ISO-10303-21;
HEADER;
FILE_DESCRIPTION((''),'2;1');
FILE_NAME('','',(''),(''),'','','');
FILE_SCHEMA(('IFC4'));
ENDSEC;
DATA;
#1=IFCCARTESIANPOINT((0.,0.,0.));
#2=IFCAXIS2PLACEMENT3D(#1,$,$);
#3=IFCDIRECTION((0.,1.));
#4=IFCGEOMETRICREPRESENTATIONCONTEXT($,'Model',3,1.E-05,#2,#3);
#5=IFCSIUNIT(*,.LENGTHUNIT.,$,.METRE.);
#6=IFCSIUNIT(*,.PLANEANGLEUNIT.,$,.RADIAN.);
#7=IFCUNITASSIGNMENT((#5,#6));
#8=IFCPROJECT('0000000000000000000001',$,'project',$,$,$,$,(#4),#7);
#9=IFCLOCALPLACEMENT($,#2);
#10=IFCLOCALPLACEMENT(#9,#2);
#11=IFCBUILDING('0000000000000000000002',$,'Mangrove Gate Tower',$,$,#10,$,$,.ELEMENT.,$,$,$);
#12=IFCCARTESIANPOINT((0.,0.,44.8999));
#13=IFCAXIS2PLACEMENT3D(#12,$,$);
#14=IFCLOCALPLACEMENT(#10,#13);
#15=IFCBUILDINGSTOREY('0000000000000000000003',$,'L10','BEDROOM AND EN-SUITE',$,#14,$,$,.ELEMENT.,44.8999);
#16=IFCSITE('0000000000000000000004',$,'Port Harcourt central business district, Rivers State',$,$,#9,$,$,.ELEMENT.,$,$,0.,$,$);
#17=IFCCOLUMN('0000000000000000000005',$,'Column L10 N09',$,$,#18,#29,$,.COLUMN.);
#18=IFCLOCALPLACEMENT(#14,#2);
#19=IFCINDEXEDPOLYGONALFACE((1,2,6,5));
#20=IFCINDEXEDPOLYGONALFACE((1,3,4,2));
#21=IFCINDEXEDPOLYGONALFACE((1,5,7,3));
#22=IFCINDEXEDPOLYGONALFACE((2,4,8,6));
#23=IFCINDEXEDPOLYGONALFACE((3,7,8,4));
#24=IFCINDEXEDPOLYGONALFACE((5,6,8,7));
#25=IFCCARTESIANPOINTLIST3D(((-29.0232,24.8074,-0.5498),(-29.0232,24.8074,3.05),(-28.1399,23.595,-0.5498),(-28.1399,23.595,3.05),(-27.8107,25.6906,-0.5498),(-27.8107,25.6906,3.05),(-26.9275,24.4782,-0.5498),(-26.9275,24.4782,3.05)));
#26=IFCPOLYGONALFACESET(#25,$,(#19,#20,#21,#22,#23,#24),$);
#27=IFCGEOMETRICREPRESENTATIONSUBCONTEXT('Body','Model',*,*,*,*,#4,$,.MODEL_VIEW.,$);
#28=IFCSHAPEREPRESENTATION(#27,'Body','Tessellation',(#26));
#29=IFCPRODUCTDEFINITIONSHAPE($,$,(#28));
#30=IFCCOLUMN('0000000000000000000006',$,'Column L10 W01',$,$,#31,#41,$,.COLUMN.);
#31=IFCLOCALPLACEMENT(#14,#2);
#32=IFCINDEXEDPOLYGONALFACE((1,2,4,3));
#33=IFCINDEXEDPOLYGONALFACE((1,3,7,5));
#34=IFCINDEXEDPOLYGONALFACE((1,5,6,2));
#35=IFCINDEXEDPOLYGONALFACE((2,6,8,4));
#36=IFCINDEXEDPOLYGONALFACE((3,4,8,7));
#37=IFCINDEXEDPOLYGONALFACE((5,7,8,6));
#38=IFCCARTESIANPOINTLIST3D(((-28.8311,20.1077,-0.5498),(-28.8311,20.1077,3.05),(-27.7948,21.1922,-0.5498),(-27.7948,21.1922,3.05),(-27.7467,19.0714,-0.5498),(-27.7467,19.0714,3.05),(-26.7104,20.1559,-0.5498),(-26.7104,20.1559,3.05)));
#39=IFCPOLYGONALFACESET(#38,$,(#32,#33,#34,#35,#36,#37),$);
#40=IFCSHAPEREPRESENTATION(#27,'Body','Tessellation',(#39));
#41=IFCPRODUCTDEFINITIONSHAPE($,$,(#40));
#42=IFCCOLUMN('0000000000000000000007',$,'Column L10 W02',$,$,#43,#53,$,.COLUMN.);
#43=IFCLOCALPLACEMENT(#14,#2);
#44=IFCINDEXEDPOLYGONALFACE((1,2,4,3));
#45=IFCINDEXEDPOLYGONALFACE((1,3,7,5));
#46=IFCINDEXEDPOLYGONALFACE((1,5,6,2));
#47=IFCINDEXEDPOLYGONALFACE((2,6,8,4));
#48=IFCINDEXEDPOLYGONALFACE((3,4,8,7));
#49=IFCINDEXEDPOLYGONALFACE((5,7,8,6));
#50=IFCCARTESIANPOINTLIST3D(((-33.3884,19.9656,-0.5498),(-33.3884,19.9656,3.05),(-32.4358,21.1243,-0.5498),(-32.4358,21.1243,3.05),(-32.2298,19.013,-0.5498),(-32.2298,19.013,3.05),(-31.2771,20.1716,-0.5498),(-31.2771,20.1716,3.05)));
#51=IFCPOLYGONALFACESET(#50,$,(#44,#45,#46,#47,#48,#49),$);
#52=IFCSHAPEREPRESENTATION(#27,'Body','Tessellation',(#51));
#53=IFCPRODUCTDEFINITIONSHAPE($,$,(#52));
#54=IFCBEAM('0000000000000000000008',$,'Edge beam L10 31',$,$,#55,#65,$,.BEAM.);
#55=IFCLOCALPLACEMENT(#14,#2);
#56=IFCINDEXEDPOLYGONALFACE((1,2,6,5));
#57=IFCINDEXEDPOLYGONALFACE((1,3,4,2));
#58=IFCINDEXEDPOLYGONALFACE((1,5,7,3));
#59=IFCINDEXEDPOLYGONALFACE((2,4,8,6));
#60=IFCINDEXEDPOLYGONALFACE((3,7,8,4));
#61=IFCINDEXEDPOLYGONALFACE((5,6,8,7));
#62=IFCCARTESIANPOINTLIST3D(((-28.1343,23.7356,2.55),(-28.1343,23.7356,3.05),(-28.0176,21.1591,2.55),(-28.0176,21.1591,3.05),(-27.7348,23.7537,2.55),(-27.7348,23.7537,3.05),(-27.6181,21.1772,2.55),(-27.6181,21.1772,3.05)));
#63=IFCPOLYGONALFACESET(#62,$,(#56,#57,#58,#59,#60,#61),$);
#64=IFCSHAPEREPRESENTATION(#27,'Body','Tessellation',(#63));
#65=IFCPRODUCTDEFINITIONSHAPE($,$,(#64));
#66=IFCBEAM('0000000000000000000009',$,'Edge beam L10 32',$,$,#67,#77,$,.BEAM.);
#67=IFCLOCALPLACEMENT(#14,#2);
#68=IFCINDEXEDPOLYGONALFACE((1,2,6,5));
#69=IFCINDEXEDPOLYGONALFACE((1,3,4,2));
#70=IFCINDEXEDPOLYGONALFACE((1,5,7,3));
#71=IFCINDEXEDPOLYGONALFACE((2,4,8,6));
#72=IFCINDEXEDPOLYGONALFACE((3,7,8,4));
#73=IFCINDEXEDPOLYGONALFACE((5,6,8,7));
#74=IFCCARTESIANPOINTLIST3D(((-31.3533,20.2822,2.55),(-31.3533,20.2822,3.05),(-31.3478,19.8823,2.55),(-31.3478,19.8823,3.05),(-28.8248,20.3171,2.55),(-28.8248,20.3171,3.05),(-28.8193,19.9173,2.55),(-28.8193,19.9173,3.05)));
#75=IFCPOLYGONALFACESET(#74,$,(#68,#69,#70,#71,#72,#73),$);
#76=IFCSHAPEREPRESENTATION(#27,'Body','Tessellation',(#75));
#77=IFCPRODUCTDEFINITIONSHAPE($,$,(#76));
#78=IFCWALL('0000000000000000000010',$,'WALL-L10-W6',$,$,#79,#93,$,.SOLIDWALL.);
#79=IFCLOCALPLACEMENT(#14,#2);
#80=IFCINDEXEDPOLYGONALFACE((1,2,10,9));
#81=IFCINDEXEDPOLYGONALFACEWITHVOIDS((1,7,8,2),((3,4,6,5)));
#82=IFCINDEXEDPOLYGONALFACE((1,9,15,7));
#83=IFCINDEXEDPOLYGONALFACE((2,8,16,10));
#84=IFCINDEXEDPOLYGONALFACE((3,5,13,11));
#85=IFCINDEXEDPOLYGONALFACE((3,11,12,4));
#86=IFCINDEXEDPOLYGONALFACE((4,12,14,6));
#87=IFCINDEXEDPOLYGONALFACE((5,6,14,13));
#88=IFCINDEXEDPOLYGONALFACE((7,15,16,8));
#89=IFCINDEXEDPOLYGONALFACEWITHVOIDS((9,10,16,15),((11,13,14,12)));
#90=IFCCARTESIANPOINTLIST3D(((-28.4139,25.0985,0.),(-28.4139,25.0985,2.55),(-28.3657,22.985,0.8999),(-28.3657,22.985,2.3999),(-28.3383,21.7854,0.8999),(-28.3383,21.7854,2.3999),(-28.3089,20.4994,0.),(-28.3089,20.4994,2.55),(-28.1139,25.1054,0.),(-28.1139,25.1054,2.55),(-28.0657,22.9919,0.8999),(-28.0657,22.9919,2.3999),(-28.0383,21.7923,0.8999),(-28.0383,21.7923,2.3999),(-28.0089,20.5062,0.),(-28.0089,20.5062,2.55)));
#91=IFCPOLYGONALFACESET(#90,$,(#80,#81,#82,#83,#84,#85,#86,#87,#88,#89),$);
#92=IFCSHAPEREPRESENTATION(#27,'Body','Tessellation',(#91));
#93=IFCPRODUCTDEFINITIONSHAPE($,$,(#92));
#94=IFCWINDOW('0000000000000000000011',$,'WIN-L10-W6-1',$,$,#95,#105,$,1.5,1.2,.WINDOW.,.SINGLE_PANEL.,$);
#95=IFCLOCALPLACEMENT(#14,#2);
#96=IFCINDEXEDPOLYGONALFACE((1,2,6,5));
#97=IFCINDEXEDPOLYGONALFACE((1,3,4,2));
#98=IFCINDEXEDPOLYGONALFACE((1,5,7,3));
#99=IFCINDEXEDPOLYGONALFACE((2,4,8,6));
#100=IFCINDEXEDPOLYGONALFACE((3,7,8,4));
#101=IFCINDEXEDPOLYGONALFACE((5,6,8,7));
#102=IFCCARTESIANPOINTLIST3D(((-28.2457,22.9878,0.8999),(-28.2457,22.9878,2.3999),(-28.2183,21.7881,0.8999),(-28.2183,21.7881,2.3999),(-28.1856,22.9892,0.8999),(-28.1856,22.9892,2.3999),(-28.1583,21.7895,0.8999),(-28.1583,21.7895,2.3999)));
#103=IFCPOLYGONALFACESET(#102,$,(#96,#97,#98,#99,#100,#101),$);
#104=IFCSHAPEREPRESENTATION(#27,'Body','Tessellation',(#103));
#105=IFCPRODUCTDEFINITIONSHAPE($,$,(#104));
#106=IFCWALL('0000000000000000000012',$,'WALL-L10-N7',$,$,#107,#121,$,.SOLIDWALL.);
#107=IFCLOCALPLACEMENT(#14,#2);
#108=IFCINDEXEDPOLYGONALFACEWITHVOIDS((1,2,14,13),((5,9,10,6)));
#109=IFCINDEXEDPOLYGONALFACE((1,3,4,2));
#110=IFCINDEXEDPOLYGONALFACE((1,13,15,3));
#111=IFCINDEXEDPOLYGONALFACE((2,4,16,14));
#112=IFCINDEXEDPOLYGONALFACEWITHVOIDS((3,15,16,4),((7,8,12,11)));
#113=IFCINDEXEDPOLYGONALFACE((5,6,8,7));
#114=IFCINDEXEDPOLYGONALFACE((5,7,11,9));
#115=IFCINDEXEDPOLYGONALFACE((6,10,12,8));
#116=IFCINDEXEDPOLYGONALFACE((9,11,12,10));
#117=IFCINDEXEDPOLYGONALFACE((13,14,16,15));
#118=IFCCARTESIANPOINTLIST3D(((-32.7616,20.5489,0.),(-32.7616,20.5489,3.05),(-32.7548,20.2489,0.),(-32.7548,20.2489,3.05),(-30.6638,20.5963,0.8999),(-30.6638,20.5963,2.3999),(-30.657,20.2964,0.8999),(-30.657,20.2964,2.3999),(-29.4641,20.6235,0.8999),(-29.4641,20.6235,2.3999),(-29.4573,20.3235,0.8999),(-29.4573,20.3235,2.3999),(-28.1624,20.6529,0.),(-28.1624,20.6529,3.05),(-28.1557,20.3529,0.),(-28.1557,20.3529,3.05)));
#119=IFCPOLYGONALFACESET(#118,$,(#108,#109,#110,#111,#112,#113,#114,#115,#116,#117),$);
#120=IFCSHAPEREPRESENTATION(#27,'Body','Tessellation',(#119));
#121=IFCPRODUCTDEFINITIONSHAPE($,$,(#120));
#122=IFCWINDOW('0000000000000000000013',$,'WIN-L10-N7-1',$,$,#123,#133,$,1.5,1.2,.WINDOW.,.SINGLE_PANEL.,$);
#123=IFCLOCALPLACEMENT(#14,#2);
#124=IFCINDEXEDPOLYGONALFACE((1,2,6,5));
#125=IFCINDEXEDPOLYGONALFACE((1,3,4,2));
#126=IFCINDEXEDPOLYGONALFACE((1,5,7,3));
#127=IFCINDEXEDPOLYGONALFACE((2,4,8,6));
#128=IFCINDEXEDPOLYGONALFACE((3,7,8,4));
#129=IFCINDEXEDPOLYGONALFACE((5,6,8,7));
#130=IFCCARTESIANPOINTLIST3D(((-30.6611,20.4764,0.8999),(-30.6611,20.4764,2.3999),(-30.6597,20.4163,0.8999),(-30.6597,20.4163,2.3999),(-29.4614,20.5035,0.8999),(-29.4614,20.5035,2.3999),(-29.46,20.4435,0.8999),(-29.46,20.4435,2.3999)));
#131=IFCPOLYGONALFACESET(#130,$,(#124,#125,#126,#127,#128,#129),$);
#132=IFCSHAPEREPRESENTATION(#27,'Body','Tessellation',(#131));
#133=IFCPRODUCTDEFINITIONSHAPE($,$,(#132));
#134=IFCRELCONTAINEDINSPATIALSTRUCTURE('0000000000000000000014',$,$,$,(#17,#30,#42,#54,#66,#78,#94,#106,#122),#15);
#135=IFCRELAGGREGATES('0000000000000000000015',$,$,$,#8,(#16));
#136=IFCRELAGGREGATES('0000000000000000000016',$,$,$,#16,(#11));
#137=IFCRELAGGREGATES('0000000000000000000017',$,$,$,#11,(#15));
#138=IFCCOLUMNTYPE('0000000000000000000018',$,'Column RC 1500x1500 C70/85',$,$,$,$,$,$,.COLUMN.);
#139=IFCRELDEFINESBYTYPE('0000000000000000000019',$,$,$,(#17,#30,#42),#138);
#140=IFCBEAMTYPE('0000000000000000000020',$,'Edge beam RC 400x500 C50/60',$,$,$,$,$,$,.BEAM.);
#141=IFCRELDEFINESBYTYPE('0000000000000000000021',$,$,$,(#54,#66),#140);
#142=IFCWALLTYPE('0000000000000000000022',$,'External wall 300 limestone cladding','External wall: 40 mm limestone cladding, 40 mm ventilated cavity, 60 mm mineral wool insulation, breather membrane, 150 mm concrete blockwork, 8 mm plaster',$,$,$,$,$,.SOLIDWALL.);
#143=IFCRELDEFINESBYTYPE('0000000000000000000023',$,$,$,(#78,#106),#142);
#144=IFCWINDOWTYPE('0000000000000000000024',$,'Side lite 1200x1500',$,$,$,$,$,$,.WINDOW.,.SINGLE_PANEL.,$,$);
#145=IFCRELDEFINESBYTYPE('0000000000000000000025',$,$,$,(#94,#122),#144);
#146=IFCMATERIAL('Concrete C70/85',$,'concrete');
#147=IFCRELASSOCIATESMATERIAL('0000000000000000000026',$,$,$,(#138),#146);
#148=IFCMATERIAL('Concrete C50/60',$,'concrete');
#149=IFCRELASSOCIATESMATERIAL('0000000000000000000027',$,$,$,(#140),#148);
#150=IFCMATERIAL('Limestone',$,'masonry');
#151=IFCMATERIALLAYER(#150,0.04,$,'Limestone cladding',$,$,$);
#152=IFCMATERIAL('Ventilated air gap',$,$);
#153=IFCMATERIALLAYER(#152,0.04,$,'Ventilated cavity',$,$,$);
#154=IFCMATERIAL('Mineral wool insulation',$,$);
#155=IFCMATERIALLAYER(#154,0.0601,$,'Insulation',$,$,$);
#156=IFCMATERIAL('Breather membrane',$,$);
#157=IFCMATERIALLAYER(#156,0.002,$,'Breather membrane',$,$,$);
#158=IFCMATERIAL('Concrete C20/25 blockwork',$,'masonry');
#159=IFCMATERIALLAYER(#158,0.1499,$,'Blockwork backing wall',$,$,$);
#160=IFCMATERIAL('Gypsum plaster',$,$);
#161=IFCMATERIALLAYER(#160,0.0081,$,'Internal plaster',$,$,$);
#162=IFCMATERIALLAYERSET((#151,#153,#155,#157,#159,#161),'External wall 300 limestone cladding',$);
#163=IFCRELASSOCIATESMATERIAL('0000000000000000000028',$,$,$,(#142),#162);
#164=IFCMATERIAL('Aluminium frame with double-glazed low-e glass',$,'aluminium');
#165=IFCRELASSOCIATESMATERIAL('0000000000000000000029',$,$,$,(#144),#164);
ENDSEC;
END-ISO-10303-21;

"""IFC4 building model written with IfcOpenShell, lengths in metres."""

from ifc_helpers import new_model, si_unit, direction, frame, frame_2d, origin, origin_2d, place, context, subcontext, project, spatial, rectangle, extrude, material, layer, layer_set, material_profile, profile_set, type_object, element, fill, save


model = new_model("IFC4")

# Units and contexts
model_context = context("Model", 3, precision=1e-05, world=origin(), true_north=direction((0.0, 1.0)))
body_context = subcontext(model_context, "Body", "Model", "MODEL_VIEW")
ifc_project = project(units=[si_unit("LENGTHUNIT", "METRE"), si_unit("PLANEANGLEUNIT", "RADIAN")], contexts=[model_context])

# Site, building, storey
site_placement = place(None, origin())
site = spatial("IfcSite", under=ifc_project, at=site_placement, Name="Port Harcourt central business district, Rivers State", CompositionType="ELEMENT", RefElevation=0.0)
building_placement = place(site_placement, origin())
building = spatial("IfcBuilding", under=site, at=building_placement, Name="Mangrove Gate Tower", CompositionType="ELEMENT")
storey_placement = place(building_placement, frame((0.0, 0.0, 44.8999)))
storey = spatial("IfcBuildingStorey", under=building, at=storey_placement, Name="L10", Description="BEDROOM AND EN-SUITE", CompositionType="ELEMENT", Elevation=44.8999)

# Columns
ifc_material_1 = material(Name="Concrete C70/85", Category="concrete")
ifc_material_profile_1 = material_profile(ifc_material_1, rectangle(XDim=1.5, YDim=1.5, at=origin_2d()))
ifc_profile_set_1 = profile_set([ifc_material_profile_1], Name="Concrete C70/85")
column_type = type_object("IfcColumnType", Name="Column RC 1500x1500 C70/85", PredefinedType="COLUMN", material=ifc_profile_set_1)
for number, where, z_axis, x_axis, name in (
    (1, (-27.9753, 24.6428, -0.5498), (0.0, 0.0, 1.0), (-0.808269, -0.588813, 0.0), "Column L10 N09"),
    (2, (-27.7708, 20.1318, -0.5498), (0.0, 0.0, 1.0), (-0.690863, -0.722986, 0.0), "Column L10 W01"),
    (3, (-32.3328, 20.0686, -0.5498), (0.0, 0.0, 1.0), (-0.635105, -0.772425, 0.0), "Column L10 W02"),
):
    element("IfcColumn", number, at=place(storey_placement, frame(where, z_axis=z_axis, x_axis=x_axis)), inside=storey, type_object=column_type, Name=name, PredefinedType="COLUMN", context=body_context, shape_type="SweptSolid", body=[
        extrude(rectangle(XDim=1.5, YDim=1.5, at=origin_2d()), origin(), (0.0, 0.0, 1.0), 3.5999),
    ])

# Beams
ifc_material_2 = material(Name="Concrete C50/60", Category="concrete")
ifc_material_profile_2 = material_profile(ifc_material_2, rectangle(XDim=0.3999, YDim=0.5, at=origin_2d()))
ifc_profile_set_2 = profile_set([ifc_material_profile_2], Name="Concrete C50/60")
beam_type = type_object("IfcBeamType", Name="Edge beam RC 400x500 C50/60", PredefinedType="BEAM", material=ifc_profile_set_2)
beam_1_placement = place(storey_placement, frame((-27.9346, 23.7446, 2.8), z_axis=(0.045249, -0.998976, 0.0), x_axis=(0.998976, 0.045249, 0.0)))
element("IfcBeam", 4, at=beam_1_placement, inside=storey, type_object=beam_type, Name="Edge beam L10 31", PredefinedType="BEAM", context=body_context, shape_type="SweptSolid", body=[
    extrude(rectangle(XDim=0.3999, YDim=0.5, at=origin_2d()), origin(), (0.0, 0.0, 1.0), 2.5791),
])
beam_2_placement = place(storey_placement, frame((-28.822, 20.1172, 2.8), z_axis=(-0.999905, -0.013806, 0.0), x_axis=(0.013806, -0.999905, 0.0)))
element("IfcBeam", 5, at=beam_2_placement, inside=storey, type_object=beam_type, Name="Edge beam L10 32", PredefinedType="BEAM", context=body_context, shape_type="SweptSolid", body=[
    extrude(rectangle(XDim=0.3999, YDim=0.5, at=origin_2d()), origin(), (0.0, 0.0, 1.0), 2.5288),
])

# Walls, openings, windows
ifc_material_3 = material(Name="Limestone", Category="masonry")
ifc_layer_1 = layer(ifc_material_3, 0.04, Name="Limestone cladding")
ifc_material_4 = material(Name="Ventilated air gap")
ifc_layer_2 = layer(ifc_material_4, 0.04, Name="Ventilated cavity")
ifc_material_5 = material(Name="Mineral wool insulation")
ifc_layer_3 = layer(ifc_material_5, 0.0601, Name="Insulation")
ifc_material_6 = material(Name="Breather membrane")
ifc_layer_4 = layer(ifc_material_6, 0.002, Name="Breather membrane")
ifc_material_7 = material(Name="Concrete C20/25 blockwork", Category="masonry")
ifc_layer_5 = layer(ifc_material_7, 0.1499, Name="Blockwork backing wall")
ifc_material_8 = material(Name="Gypsum plaster")
ifc_layer_6 = layer(ifc_material_8, 0.0081, Name="Internal plaster")
ifc_layer_set_1 = layer_set([ifc_layer_1, ifc_layer_2, ifc_layer_3, ifc_layer_4, ifc_layer_5, ifc_layer_6], Name="External wall 300 limestone cladding")
wall_type_1 = type_object("IfcWallType", Name="External wall 300 limestone cladding", Description="External wall: 40 mm limestone cladding, 40 mm ventilated cavity, 60 mm mineral wool insulation, breather membrane, 150 mm concrete blockwork, 8 mm plaster", PredefinedType="SOLIDWALL", material=ifc_layer_set_1)
wall_1_placement = place(storey_placement, frame((-28.2639, 25.1021, 0.0), z_axis=(0.0, 0.0, 1.0), x_axis=(0.02282, -0.99974, 0.0)))
wall_1 = element("IfcWall", 6, at=wall_1_placement, inside=storey, type_object=wall_type_1, Name="WALL-L10-W6", PredefinedType="SOLIDWALL", context=body_context, shape_type="SweptSolid", body=[
    extrude(rectangle(XDim=4.6003, YDim=0.3, at=frame_2d((2.3003, 0.0))), origin(), (0.0, 0.0, 1.0), 2.55),
])
opening_1_placement = place(wall_1_placement, frame((2.114, 0.0, 0.8999)))
opening_1 = element("IfcOpeningElement", 7, at=opening_1_placement, cuts=wall_1, PredefinedType="OPENING", context=body_context, shape_type="SweptSolid", body=[
    extrude(rectangle(XDim=1.2, YDim=1.5, at=frame_2d((0.6001, 0.75))), frame((0.0, 0.1599, 0.0), z_axis=(0.0, -1.0, 0.0), x_axis=(1.0, 0.0, 0.0)), (0.0, 0.0, 1.0), 0.3201),
])
ifc_material_9 = material(Name="Aluminium frame with double-glazed low-e glass", Category="aluminium")
window_type_1 = type_object("IfcWindowType", Name="Side lite 1200x1500", PartitioningType="SINGLE_PANEL", PredefinedType="WINDOW", material=ifc_material_9)
window_1_placement = place(opening_1_placement, origin())
window_1 = element("IfcWindow", 8, at=window_1_placement, inside=storey, type_object=window_type_1, Name="WIN-L10-W6-1", OverallHeight=1.5, OverallWidth=1.2, PartitioningType="SINGLE_PANEL", PredefinedType="WINDOW", context=body_context, shape_type="SweptSolid", body=[
    extrude(rectangle(XDim=1.2, YDim=1.5, at=frame_2d((0.6001, 0.75))), frame((0.0, 0.03, 0.0), z_axis=(0.0, -1.0, 0.0), x_axis=(1.0, 0.0, 0.0)), (0.0, 0.0, 1.0), 0.0601),
])
fill(opening_1, window_1)
wall_2_placement = place(storey_placement, frame((-28.1589, 20.5029, 0.0), z_axis=(0.0, 0.0, 1.0), x_axis=(-0.999744, -0.022608, 0.0)))
wall_2 = element("IfcWall", 9, at=wall_2_placement, inside=storey, type_object=wall_type_1, Name="WALL-L10-N7", PredefinedType="SOLIDWALL", context=body_context, shape_type="SweptSolid", body=[
    extrude(rectangle(XDim=4.6003, YDim=0.3, at=frame_2d((2.3003, 0.0))), origin(), (0.0, 0.0, 1.0), 3.05),
])
opening_2_placement = place(wall_2_placement, frame((1.302, 0.0, 0.8999)))
opening_2 = element("IfcOpeningElement", 10, at=opening_2_placement, cuts=wall_2, PredefinedType="OPENING", context=body_context, shape_type="SweptSolid", body=[
    extrude(rectangle(XDim=1.2, YDim=1.5, at=frame_2d((0.6001, 0.75))), frame((0.0, 0.1599, 0.0), z_axis=(0.0, -1.0, 0.0), x_axis=(1.0, 0.0, 0.0)), (0.0, 0.0, 1.0), 0.3201),
])
window_2_placement = place(opening_2_placement, origin())
window_2 = element("IfcWindow", 11, at=window_2_placement, inside=storey, type_object=window_type_1, Name="WIN-L10-N7-1", OverallHeight=1.5, OverallWidth=1.2, PartitioningType="SINGLE_PANEL", PredefinedType="WINDOW", context=body_context, shape_type="SweptSolid", body=[
    extrude(rectangle(XDim=1.2, YDim=1.5, at=frame_2d((0.6001, 0.75))), frame((0.0, 0.03, 0.0), z_axis=(0.0, -1.0, 0.0), x_axis=(1.0, 0.0, 0.0)), (0.0, 0.0, 1.0), 0.0601),
])
fill(opening_2, window_2)

save(model, "model.ifc")
